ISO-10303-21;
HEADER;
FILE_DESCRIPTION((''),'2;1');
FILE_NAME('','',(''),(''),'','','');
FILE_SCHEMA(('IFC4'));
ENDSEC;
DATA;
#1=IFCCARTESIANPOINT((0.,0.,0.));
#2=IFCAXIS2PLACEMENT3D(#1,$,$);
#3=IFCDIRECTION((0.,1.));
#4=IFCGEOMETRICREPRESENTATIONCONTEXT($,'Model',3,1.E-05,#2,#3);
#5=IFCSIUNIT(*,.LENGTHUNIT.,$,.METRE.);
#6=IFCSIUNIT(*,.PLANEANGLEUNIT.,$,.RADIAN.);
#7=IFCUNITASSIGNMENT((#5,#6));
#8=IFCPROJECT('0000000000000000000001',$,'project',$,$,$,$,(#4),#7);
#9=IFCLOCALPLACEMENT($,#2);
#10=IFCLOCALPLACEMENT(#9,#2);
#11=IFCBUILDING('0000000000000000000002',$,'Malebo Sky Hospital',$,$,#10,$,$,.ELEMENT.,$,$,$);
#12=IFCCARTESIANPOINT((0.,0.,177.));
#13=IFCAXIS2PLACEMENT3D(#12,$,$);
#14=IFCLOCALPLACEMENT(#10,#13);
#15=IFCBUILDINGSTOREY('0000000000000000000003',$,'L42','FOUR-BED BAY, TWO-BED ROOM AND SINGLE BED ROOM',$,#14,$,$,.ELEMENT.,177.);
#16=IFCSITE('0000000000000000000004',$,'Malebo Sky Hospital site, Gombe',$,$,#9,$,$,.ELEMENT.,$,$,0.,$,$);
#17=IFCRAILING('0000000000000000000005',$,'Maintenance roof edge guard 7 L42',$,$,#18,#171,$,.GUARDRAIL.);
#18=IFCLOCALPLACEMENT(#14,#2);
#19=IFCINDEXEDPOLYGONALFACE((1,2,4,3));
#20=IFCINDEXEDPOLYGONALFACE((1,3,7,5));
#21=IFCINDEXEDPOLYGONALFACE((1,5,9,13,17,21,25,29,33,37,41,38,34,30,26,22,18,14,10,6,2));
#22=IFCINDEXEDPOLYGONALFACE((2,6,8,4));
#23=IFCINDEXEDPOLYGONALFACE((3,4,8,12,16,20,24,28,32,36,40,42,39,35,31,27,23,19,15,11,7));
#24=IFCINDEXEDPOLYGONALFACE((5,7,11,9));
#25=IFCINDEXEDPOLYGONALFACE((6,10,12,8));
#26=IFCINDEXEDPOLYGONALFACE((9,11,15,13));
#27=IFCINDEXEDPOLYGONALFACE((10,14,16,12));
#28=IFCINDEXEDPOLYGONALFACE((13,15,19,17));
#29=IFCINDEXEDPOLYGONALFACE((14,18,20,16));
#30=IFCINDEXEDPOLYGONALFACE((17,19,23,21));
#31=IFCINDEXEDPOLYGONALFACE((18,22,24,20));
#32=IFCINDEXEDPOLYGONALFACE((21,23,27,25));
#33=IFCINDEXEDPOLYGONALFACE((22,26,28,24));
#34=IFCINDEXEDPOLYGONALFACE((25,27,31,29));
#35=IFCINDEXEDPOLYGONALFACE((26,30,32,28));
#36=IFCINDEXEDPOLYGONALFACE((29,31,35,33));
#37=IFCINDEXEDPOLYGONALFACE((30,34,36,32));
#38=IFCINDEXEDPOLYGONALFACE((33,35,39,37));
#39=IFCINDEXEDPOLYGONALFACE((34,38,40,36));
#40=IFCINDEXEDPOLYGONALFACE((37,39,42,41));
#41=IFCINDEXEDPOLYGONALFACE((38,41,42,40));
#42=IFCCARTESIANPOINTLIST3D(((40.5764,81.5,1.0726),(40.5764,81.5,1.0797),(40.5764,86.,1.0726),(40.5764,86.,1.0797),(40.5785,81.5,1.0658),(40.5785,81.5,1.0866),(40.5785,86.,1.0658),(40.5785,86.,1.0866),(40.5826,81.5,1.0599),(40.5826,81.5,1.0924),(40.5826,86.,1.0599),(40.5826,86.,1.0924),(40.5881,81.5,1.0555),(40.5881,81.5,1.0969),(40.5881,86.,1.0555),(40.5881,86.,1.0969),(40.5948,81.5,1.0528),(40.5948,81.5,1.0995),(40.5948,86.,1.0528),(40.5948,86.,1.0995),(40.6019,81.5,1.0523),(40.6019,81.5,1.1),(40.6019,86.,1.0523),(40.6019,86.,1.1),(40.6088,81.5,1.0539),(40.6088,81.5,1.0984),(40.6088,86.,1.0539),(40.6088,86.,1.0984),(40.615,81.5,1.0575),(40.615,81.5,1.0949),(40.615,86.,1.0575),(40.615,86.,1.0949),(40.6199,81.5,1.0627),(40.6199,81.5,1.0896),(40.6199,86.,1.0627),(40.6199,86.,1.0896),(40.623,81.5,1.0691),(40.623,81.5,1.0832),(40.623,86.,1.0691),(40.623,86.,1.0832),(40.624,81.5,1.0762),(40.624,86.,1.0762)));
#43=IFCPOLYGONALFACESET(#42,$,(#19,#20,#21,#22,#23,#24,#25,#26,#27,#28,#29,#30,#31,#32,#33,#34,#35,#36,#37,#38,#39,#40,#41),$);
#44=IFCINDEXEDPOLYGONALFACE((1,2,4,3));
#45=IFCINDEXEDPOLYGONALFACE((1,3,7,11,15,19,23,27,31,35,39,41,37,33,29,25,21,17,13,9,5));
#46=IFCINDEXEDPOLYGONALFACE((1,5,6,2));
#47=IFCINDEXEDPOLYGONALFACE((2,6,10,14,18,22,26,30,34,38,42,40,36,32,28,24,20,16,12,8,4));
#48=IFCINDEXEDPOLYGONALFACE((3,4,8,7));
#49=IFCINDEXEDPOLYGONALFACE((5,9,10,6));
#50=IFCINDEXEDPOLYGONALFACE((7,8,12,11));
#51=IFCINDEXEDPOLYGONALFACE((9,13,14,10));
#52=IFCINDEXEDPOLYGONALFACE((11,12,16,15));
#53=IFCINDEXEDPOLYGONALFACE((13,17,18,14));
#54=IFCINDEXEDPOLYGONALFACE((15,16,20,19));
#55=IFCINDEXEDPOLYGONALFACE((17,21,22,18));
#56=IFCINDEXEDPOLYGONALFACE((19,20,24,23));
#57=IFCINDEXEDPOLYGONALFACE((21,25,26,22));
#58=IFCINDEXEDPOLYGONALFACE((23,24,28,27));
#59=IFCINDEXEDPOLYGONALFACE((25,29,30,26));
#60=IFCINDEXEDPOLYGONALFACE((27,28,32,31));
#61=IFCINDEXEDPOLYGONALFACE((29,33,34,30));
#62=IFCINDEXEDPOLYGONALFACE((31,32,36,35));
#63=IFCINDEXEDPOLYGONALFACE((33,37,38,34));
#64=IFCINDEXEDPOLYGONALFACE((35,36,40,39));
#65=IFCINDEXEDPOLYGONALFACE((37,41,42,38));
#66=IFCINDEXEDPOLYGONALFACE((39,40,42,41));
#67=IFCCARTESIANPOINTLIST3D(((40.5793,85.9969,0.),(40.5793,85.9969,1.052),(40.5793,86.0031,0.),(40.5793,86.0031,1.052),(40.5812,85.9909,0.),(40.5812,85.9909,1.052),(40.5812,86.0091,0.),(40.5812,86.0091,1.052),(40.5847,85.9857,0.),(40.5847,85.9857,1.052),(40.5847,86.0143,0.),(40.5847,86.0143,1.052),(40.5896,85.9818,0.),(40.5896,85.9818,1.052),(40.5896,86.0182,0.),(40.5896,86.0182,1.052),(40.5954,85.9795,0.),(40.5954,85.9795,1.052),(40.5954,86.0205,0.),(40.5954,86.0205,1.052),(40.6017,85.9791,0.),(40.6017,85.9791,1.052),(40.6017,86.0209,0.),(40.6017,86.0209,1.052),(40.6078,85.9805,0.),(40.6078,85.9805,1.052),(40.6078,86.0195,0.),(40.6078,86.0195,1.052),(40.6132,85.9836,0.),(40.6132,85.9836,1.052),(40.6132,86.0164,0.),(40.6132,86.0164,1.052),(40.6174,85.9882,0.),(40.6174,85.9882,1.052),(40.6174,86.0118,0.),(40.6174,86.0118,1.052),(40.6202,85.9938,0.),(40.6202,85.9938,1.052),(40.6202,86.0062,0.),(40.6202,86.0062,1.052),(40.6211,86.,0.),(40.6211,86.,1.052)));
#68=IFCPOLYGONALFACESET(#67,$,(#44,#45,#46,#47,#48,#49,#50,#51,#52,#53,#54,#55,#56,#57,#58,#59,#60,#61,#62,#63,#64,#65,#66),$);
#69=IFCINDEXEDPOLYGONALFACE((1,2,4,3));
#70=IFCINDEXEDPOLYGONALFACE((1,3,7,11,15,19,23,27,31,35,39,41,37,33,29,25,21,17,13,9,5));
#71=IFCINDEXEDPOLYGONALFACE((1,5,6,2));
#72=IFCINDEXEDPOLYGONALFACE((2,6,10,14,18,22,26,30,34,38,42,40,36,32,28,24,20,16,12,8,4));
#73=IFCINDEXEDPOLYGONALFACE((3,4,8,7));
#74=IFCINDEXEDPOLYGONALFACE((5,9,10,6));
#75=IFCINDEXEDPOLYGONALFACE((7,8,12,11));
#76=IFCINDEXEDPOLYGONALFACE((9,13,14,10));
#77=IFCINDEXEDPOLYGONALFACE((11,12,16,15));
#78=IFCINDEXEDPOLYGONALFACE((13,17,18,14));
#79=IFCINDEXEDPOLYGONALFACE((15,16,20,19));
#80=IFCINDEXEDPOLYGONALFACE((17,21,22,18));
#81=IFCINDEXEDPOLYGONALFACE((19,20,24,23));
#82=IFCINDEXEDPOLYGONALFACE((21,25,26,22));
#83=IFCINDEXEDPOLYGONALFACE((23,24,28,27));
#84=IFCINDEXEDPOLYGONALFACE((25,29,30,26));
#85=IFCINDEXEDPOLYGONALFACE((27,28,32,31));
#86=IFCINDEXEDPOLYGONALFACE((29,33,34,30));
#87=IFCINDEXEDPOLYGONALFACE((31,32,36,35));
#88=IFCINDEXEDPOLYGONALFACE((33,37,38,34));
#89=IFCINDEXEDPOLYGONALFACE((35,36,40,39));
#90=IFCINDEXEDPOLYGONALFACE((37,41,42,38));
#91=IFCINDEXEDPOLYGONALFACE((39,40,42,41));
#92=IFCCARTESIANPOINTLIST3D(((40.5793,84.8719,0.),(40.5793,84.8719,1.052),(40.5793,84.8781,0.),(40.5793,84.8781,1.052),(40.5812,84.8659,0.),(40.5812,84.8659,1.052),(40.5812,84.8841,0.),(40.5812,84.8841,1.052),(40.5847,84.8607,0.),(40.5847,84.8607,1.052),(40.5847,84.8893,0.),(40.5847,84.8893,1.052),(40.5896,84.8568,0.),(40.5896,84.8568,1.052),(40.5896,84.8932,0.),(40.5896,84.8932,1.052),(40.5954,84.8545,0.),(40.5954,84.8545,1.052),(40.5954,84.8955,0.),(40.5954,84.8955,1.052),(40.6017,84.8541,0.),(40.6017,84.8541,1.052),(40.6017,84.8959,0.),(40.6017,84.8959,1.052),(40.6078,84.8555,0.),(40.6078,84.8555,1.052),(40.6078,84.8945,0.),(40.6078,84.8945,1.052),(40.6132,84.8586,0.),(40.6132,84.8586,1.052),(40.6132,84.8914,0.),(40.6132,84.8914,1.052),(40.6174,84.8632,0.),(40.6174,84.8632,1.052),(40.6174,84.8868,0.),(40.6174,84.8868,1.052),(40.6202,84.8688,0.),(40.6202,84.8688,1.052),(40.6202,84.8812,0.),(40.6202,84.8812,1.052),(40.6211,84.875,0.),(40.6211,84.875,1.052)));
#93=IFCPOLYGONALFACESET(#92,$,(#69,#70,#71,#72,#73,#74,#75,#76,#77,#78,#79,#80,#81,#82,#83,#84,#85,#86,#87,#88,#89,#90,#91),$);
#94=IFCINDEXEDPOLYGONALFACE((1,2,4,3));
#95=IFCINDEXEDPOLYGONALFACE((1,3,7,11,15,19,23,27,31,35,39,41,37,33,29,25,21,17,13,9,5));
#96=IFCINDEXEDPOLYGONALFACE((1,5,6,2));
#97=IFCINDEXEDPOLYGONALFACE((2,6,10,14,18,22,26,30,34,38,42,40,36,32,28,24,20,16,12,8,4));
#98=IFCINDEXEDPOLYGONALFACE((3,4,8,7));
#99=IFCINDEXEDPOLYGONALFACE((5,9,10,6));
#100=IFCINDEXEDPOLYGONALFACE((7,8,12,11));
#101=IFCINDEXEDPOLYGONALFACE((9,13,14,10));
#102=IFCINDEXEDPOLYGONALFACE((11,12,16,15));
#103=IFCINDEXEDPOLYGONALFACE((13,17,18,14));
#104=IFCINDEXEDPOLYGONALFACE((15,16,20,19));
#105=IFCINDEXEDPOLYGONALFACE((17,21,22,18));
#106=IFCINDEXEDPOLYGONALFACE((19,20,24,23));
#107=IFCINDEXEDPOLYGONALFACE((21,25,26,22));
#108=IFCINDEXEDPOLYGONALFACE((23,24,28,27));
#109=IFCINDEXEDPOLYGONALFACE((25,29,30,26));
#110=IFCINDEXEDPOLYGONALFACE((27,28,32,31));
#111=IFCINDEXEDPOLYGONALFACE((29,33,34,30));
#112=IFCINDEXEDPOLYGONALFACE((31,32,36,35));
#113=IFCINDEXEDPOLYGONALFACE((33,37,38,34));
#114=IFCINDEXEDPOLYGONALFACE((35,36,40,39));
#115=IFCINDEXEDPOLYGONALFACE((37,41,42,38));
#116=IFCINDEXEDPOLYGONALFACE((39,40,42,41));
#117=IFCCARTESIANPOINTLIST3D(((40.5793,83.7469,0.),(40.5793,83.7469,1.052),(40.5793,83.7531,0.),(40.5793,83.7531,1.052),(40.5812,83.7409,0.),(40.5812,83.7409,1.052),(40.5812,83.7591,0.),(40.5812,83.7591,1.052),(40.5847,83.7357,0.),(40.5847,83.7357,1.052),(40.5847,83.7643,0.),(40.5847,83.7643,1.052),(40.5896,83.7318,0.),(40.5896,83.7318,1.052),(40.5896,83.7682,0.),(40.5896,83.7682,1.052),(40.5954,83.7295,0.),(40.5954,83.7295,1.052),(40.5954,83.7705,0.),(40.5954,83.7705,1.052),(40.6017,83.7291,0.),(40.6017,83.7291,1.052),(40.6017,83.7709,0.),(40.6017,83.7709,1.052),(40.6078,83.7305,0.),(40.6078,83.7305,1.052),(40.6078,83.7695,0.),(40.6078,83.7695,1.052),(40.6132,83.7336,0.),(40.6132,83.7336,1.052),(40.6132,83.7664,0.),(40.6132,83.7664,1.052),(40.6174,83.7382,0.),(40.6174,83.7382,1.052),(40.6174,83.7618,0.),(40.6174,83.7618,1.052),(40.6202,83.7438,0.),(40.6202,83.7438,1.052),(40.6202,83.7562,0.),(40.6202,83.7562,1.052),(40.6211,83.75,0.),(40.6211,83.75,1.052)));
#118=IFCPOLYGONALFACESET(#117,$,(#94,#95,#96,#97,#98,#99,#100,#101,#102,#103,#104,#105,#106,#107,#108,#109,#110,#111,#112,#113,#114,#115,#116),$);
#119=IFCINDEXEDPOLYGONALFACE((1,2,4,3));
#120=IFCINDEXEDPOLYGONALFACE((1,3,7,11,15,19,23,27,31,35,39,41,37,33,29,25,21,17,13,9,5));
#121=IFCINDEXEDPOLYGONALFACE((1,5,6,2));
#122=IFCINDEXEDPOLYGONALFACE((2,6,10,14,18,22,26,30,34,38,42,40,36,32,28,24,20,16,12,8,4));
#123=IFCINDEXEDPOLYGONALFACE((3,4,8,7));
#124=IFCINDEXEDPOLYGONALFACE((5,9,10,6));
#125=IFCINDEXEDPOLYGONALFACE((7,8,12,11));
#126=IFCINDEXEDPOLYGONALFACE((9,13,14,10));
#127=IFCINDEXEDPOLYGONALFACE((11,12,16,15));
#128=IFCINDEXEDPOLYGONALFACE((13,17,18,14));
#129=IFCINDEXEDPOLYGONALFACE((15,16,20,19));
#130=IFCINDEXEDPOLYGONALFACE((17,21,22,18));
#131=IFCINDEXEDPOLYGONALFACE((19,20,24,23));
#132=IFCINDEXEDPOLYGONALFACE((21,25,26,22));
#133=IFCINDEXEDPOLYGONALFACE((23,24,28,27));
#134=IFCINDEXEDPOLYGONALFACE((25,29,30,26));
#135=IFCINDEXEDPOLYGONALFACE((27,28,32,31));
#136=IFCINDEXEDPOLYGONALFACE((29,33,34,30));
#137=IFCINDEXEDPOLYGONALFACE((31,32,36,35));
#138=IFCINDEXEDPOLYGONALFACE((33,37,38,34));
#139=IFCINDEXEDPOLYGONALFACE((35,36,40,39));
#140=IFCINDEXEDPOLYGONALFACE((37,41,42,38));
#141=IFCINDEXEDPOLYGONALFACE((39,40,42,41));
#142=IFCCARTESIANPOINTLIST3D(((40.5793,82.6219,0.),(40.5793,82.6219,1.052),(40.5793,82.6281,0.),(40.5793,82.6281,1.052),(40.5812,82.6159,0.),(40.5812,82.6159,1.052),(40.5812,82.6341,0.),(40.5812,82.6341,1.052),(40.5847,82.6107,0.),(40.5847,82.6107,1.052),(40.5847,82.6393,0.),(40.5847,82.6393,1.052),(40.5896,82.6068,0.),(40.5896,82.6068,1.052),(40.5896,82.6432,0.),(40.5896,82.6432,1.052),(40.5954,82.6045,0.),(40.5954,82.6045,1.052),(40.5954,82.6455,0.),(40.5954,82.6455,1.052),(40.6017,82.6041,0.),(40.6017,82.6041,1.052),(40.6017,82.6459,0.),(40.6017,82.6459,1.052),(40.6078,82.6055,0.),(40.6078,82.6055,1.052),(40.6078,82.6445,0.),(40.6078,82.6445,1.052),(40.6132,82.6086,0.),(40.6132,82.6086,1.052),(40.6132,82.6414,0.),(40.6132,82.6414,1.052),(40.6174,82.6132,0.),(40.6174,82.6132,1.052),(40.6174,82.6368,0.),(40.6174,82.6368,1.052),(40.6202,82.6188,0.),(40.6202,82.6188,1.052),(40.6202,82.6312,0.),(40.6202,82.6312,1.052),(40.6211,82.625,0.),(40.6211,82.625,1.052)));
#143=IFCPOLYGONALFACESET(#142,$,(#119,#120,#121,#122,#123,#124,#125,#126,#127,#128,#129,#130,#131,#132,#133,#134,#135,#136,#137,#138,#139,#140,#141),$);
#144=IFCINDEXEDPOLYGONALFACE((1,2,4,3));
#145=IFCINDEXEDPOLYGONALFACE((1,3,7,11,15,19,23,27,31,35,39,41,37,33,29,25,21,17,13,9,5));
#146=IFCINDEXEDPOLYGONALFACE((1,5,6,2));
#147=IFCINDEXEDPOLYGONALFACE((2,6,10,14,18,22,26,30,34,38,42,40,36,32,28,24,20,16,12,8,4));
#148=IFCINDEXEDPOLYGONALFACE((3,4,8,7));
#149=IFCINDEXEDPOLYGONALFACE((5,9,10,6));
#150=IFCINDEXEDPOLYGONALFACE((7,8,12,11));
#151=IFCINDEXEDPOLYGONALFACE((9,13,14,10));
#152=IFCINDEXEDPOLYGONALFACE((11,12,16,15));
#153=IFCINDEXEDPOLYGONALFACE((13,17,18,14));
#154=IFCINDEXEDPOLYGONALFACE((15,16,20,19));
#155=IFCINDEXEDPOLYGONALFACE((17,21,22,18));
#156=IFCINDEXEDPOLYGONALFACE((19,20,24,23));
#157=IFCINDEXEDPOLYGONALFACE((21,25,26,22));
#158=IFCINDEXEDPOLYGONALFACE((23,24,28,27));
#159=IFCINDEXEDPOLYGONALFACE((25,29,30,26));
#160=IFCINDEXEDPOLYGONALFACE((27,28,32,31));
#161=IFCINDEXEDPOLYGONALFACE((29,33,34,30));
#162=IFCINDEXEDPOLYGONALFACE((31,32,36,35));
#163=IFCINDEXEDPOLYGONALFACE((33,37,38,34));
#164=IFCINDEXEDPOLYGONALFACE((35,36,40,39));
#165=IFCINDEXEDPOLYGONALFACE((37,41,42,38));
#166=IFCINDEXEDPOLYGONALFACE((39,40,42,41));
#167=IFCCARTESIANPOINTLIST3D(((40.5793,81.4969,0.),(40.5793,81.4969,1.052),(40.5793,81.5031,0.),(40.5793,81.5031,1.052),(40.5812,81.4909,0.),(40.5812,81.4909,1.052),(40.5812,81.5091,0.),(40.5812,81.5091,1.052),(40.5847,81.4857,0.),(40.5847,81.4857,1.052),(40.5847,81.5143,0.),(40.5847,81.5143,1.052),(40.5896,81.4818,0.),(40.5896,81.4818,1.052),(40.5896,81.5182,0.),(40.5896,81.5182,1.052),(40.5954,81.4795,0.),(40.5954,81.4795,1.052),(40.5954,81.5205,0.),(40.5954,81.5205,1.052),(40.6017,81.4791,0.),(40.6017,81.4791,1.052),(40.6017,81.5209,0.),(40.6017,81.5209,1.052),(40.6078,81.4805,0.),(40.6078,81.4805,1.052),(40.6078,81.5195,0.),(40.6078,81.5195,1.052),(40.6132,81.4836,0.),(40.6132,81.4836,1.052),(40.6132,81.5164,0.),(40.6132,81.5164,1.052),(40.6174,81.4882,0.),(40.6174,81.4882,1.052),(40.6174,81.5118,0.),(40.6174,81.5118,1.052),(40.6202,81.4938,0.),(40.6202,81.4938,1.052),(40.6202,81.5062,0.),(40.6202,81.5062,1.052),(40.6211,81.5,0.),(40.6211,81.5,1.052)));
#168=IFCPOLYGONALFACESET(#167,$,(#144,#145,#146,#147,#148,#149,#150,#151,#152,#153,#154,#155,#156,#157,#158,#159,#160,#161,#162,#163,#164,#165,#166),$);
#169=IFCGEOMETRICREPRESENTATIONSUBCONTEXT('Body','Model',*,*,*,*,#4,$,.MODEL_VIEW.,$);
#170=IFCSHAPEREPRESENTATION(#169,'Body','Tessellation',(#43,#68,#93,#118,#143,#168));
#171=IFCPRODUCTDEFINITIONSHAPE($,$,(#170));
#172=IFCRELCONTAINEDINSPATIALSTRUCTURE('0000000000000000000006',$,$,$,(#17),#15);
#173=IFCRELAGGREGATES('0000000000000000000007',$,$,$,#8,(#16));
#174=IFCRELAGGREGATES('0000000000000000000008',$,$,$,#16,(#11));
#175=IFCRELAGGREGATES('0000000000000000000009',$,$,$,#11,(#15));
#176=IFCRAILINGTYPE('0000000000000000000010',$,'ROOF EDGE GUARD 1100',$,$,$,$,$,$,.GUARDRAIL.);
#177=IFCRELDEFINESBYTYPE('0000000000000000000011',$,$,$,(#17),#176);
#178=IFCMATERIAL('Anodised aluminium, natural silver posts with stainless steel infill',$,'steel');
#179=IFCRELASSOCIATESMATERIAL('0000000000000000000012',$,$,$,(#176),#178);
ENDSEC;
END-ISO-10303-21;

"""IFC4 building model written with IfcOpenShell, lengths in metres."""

from ifc_helpers import new_model, si_unit, direction, frame, origin, origin_2d, place, context, subcontext, project, spatial, circle, extrude, material, type_object, element, save


model = new_model("IFC4")

# Units and contexts
model_context = context("Model", 3, precision=1e-05, world=origin(), true_north=direction((0.0, 1.0)))
body_context = subcontext(model_context, "Body", "Model", "MODEL_VIEW")
ifc_project = project(units=[si_unit("LENGTHUNIT", "METRE"), si_unit("PLANEANGLEUNIT", "RADIAN")], contexts=[model_context])

# Site, building, storey
site_placement = place(None, origin())
site = spatial("IfcSite", under=ifc_project, at=site_placement, Name="Malebo Sky Hospital site, Gombe", CompositionType="ELEMENT", RefElevation=0.0)
building_placement = place(site_placement, origin())
building = spatial("IfcBuilding", under=site, at=building_placement, Name="Malebo Sky Hospital", CompositionType="ELEMENT")
storey_placement = place(building_placement, frame((0.0, 0.0, 177.0)))
storey = spatial("IfcBuildingStorey", under=building, at=storey_placement, Name="L42", Description="FOUR-BED BAY, TWO-BED ROOM AND SINGLE BED ROOM", CompositionType="ELEMENT", Elevation=177.0)

# Railing
ifc_material_1 = material(Name="Anodised aluminium, natural silver posts with stainless steel infill", Category="steel")
railing_type = type_object("IfcRailingType", Name="ROOF EDGE GUARD 1100", PredefinedType="GUARDRAIL", material=ifc_material_1)
railing_placement = place(storey_placement, frame((40.6001, 86.0, 0.0)))
element("IfcRailing", 1, at=railing_placement, inside=storey, type_object=railing_type, Name="Maintenance roof edge guard 7 L42", PredefinedType="GUARDRAIL", context=body_context, shape_type="SweptSolid", body=[
    extrude(circle(Radius=0.0239, at=origin_2d()), frame((0.0, 0.0, 1.0762), z_axis=(0.0, -1.0, 0.0), x_axis=(1.0, 0.0, 0.0)), (0.0, 0.0, 1.0), 4.5),
    extrude(circle(Radius=0.021, at=origin_2d()), origin(), (0.0, 0.0, 1.0), 1.052),
    extrude(circle(Radius=0.021, at=origin_2d()), frame((0.0, -1.125, 0.0)), (0.0, 0.0, 1.0), 1.052),
    extrude(circle(Radius=0.021, at=origin_2d()), frame((0.0, -2.25, 0.0)), (0.0, 0.0, 1.0), 1.052),
    extrude(circle(Radius=0.021, at=origin_2d()), frame((0.0, -3.375, 0.0)), (0.0, 0.0, 1.0), 1.052),
    extrude(circle(Radius=0.021, at=origin_2d()), frame((0.0, -4.5, 0.0)), (0.0, 0.0, 1.0), 1.052),
])

save(model, "model.ifc")
